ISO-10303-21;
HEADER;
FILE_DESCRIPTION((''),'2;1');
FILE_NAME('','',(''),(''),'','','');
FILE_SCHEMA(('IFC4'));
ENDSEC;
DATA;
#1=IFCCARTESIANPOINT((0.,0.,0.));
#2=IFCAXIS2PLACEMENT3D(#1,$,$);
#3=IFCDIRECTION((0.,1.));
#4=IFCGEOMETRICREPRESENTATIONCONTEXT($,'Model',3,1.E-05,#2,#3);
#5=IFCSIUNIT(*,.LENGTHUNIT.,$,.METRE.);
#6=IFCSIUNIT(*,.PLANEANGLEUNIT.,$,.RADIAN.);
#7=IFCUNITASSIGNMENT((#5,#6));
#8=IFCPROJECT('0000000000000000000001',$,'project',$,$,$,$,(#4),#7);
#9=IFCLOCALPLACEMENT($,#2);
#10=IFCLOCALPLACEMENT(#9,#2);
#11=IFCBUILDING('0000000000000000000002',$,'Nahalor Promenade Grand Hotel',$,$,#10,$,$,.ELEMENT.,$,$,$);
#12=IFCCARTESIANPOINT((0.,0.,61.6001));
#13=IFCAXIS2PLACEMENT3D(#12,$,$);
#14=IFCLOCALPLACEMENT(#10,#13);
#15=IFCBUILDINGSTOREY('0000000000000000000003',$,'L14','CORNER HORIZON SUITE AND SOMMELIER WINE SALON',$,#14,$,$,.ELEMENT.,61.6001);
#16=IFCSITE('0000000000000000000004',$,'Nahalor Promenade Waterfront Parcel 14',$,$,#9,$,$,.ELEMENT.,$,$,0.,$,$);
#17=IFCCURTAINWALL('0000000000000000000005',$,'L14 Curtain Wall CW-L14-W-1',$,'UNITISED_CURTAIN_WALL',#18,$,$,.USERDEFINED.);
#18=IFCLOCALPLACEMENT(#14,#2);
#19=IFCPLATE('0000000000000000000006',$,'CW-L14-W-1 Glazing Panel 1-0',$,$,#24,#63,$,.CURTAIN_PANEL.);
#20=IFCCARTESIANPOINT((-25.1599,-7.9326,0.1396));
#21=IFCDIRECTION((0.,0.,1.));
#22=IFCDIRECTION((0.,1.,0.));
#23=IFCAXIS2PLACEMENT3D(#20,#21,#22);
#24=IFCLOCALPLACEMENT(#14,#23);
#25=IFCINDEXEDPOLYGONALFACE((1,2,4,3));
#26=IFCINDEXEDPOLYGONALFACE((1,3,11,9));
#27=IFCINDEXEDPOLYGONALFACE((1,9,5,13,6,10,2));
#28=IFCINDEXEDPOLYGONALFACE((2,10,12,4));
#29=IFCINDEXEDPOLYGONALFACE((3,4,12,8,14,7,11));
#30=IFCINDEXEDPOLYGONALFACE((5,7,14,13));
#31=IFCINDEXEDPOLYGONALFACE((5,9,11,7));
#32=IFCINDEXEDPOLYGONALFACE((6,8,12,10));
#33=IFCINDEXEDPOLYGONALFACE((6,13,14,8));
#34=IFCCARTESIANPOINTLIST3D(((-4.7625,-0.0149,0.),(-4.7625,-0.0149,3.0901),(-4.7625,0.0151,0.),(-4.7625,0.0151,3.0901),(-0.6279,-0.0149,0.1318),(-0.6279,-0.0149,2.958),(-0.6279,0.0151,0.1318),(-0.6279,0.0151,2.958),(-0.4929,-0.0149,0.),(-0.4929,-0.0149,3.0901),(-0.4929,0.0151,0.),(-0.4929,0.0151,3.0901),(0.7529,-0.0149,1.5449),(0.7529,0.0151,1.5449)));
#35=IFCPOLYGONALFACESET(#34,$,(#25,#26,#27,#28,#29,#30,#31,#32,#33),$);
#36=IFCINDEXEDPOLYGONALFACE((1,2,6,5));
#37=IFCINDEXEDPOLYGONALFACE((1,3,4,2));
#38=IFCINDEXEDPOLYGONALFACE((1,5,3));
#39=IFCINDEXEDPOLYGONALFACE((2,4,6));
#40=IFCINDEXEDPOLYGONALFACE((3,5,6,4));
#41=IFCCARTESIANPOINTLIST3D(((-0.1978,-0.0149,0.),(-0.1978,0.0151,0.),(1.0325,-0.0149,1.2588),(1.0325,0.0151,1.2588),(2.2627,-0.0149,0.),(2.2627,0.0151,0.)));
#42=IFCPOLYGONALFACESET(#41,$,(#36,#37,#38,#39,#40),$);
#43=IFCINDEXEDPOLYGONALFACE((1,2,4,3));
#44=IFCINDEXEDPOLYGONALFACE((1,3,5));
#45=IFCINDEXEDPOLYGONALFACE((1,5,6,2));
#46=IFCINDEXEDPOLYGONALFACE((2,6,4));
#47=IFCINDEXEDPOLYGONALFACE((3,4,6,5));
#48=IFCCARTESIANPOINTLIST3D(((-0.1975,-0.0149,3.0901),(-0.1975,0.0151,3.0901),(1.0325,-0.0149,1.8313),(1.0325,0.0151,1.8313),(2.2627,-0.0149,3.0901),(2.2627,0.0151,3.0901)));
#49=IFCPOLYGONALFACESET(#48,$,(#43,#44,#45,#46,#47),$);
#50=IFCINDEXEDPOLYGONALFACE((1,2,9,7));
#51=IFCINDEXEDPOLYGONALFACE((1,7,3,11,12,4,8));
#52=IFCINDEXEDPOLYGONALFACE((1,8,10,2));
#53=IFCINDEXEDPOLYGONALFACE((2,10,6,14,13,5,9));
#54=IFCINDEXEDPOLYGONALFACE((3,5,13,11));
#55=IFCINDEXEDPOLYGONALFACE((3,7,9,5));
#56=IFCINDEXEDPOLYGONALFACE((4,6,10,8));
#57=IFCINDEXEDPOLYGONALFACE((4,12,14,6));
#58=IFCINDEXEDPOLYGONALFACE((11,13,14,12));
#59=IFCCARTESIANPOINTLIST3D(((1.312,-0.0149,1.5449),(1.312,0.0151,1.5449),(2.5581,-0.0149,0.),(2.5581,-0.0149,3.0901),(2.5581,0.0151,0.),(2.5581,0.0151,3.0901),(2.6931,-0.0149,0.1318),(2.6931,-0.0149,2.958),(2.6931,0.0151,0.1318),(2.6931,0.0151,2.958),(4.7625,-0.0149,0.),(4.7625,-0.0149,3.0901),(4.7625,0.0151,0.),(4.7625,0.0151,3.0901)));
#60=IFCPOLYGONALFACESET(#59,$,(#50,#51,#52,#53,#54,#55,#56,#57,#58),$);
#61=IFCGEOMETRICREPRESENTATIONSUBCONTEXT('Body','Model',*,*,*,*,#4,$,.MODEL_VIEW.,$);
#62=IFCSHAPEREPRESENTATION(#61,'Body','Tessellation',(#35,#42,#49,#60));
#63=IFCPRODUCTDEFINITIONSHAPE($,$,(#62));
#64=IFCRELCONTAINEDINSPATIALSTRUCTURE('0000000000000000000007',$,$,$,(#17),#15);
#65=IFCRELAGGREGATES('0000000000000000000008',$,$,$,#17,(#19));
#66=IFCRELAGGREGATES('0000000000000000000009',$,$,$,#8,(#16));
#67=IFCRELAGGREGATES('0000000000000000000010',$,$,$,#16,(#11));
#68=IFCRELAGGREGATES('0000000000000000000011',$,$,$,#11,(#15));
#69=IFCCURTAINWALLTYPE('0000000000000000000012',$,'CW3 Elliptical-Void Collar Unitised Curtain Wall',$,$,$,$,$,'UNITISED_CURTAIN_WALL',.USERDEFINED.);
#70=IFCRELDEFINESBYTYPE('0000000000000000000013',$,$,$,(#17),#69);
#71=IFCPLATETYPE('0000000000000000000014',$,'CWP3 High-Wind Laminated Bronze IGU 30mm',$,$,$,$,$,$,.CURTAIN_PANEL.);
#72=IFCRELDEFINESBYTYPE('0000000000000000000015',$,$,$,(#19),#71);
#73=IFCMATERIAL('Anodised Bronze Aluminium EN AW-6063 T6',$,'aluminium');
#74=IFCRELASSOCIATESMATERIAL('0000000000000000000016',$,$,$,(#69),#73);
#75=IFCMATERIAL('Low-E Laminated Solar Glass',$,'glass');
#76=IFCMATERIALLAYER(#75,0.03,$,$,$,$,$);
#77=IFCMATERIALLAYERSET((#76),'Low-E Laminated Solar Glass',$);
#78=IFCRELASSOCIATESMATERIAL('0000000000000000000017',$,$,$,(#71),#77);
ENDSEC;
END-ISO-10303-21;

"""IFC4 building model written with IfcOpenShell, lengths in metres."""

from ifc_helpers import new_model, si_unit, direction, frame, origin, place, context, subcontext, project, spatial, polyline, outline, extrude, material, layer, layer_set, type_object, element, aggregate, save


model = new_model("IFC4")

# Units and contexts
model_context = context("Model", 3, precision=1e-05, world=origin(), true_north=direction((0.0, 1.0)))
body_context = subcontext(model_context, "Body", "Model", "MODEL_VIEW")
ifc_project = project(units=[si_unit("LENGTHUNIT", "METRE"), si_unit("PLANEANGLEUNIT", "RADIAN")], contexts=[model_context])

# Site, building, storey
site_placement = place(None, origin())
site = spatial("IfcSite", under=ifc_project, at=site_placement, Name="Nahalor Promenade Waterfront Parcel 14", CompositionType="ELEMENT", RefElevation=0.0)
building_placement = place(site_placement, origin())
building = spatial("IfcBuilding", under=site, at=building_placement, Name="Nahalor Promenade Grand Hotel", CompositionType="ELEMENT")
storey_placement = place(building_placement, frame((0.0, 0.0, 61.6001)))
storey = spatial("IfcBuildingStorey", under=building, at=storey_placement, Name="L14", Description="CORNER HORIZON SUITE AND SOMMELIER WINE SALON", CompositionType="ELEMENT", Elevation=61.6001)

# Curtain wall
ifc_material_1 = material(Name="Anodised Bronze Aluminium EN AW-6063 T6", Category="aluminium")
curtain_wall_type = type_object("IfcCurtainWallType", Name="CW3 Elliptical-Void Collar Unitised Curtain Wall", ElementType="UNITISED_CURTAIN_WALL", PredefinedType="USERDEFINED", material=ifc_material_1)
curtain_wall_1_placement = place(storey_placement, origin())
curtain_wall_1 = element("IfcCurtainWall", 1, at=curtain_wall_1_placement, inside=storey, type_object=curtain_wall_type, Name="L14 Curtain Wall CW-L14-W-1", ObjectType="UNITISED_CURTAIN_WALL", PredefinedType="USERDEFINED")

# Plate
ifc_material_2 = material(Name="Low-E Laminated Solar Glass", Category="glass")
ifc_layer_1 = layer(ifc_material_2, 0.03)
ifc_layer_set_1 = layer_set([ifc_layer_1], Name="Low-E Laminated Solar Glass")
plate_type_1 = type_object("IfcPlateType", Name="CWP3 High-Wind Laminated Bronze IGU 30mm", PredefinedType="CURTAIN_PANEL", material=ifc_layer_set_1)
plate_1_placement = place(storey_placement, frame((-25.1599, -7.9326, 0.1396), z_axis=(0.0, 0.0, 1.0), x_axis=(0.0, 1.0, 0.0)))
plate_1 = element("IfcPlate", 2, at=plate_1_placement, type_object=plate_type_1, Name="CW-L14-W-1 Glazing Panel 1-0", PredefinedType="CURTAIN_PANEL", context=body_context, shape_type="SweptSolid", body=[
    extrude(outline(polyline([(-4.7625, 3.0901), (-4.7625, 0.0), (-0.4929, 0.0), (-0.6279, 0.1318), (0.7529, 1.5449), (-0.6279, 2.958), (-0.4929, 3.0901), (-4.7625, 3.0901)])), frame((0.0, 0.0151, 0.0), z_axis=(0.0, -1.0, 0.0), x_axis=(1.0, 0.0, 0.0)), (0.0, 0.0, 1.0), 0.03),
    extrude(outline(polyline([(1.0325, 1.2588), (-0.1978, 0.0), (2.2627, 0.0), (1.0325, 1.2588)])), frame((0.0, 0.0151, 0.0), z_axis=(0.0, -1.0, 0.0), x_axis=(1.0, 0.0, 0.0)), (0.0, 0.0, 1.0), 0.03),
    extrude(outline(polyline([(1.0325, 1.8313), (2.2627, 3.0901), (-0.1975, 3.0901), (1.0325, 1.8313)])), frame((0.0, 0.0151, 0.0), z_axis=(0.0, -1.0, 0.0), x_axis=(1.0, 0.0, 0.0)), (0.0, 0.0, 1.0), 0.03),
    extrude(outline(polyline([(4.7625, 0.0), (4.7625, 3.0901), (2.5581, 3.0901), (2.6931, 2.958), (1.312, 1.5449), (2.6931, 0.1318), (2.5581, 0.0), (4.7625, 0.0)])), frame((0.0, 0.0151, 0.0), z_axis=(0.0, -1.0, 0.0), x_axis=(1.0, 0.0, 0.0)), (0.0, 0.0, 1.0), 0.03),
])
aggregate(curtain_wall_1, [plate_1])

save(model, "model.ifc")
